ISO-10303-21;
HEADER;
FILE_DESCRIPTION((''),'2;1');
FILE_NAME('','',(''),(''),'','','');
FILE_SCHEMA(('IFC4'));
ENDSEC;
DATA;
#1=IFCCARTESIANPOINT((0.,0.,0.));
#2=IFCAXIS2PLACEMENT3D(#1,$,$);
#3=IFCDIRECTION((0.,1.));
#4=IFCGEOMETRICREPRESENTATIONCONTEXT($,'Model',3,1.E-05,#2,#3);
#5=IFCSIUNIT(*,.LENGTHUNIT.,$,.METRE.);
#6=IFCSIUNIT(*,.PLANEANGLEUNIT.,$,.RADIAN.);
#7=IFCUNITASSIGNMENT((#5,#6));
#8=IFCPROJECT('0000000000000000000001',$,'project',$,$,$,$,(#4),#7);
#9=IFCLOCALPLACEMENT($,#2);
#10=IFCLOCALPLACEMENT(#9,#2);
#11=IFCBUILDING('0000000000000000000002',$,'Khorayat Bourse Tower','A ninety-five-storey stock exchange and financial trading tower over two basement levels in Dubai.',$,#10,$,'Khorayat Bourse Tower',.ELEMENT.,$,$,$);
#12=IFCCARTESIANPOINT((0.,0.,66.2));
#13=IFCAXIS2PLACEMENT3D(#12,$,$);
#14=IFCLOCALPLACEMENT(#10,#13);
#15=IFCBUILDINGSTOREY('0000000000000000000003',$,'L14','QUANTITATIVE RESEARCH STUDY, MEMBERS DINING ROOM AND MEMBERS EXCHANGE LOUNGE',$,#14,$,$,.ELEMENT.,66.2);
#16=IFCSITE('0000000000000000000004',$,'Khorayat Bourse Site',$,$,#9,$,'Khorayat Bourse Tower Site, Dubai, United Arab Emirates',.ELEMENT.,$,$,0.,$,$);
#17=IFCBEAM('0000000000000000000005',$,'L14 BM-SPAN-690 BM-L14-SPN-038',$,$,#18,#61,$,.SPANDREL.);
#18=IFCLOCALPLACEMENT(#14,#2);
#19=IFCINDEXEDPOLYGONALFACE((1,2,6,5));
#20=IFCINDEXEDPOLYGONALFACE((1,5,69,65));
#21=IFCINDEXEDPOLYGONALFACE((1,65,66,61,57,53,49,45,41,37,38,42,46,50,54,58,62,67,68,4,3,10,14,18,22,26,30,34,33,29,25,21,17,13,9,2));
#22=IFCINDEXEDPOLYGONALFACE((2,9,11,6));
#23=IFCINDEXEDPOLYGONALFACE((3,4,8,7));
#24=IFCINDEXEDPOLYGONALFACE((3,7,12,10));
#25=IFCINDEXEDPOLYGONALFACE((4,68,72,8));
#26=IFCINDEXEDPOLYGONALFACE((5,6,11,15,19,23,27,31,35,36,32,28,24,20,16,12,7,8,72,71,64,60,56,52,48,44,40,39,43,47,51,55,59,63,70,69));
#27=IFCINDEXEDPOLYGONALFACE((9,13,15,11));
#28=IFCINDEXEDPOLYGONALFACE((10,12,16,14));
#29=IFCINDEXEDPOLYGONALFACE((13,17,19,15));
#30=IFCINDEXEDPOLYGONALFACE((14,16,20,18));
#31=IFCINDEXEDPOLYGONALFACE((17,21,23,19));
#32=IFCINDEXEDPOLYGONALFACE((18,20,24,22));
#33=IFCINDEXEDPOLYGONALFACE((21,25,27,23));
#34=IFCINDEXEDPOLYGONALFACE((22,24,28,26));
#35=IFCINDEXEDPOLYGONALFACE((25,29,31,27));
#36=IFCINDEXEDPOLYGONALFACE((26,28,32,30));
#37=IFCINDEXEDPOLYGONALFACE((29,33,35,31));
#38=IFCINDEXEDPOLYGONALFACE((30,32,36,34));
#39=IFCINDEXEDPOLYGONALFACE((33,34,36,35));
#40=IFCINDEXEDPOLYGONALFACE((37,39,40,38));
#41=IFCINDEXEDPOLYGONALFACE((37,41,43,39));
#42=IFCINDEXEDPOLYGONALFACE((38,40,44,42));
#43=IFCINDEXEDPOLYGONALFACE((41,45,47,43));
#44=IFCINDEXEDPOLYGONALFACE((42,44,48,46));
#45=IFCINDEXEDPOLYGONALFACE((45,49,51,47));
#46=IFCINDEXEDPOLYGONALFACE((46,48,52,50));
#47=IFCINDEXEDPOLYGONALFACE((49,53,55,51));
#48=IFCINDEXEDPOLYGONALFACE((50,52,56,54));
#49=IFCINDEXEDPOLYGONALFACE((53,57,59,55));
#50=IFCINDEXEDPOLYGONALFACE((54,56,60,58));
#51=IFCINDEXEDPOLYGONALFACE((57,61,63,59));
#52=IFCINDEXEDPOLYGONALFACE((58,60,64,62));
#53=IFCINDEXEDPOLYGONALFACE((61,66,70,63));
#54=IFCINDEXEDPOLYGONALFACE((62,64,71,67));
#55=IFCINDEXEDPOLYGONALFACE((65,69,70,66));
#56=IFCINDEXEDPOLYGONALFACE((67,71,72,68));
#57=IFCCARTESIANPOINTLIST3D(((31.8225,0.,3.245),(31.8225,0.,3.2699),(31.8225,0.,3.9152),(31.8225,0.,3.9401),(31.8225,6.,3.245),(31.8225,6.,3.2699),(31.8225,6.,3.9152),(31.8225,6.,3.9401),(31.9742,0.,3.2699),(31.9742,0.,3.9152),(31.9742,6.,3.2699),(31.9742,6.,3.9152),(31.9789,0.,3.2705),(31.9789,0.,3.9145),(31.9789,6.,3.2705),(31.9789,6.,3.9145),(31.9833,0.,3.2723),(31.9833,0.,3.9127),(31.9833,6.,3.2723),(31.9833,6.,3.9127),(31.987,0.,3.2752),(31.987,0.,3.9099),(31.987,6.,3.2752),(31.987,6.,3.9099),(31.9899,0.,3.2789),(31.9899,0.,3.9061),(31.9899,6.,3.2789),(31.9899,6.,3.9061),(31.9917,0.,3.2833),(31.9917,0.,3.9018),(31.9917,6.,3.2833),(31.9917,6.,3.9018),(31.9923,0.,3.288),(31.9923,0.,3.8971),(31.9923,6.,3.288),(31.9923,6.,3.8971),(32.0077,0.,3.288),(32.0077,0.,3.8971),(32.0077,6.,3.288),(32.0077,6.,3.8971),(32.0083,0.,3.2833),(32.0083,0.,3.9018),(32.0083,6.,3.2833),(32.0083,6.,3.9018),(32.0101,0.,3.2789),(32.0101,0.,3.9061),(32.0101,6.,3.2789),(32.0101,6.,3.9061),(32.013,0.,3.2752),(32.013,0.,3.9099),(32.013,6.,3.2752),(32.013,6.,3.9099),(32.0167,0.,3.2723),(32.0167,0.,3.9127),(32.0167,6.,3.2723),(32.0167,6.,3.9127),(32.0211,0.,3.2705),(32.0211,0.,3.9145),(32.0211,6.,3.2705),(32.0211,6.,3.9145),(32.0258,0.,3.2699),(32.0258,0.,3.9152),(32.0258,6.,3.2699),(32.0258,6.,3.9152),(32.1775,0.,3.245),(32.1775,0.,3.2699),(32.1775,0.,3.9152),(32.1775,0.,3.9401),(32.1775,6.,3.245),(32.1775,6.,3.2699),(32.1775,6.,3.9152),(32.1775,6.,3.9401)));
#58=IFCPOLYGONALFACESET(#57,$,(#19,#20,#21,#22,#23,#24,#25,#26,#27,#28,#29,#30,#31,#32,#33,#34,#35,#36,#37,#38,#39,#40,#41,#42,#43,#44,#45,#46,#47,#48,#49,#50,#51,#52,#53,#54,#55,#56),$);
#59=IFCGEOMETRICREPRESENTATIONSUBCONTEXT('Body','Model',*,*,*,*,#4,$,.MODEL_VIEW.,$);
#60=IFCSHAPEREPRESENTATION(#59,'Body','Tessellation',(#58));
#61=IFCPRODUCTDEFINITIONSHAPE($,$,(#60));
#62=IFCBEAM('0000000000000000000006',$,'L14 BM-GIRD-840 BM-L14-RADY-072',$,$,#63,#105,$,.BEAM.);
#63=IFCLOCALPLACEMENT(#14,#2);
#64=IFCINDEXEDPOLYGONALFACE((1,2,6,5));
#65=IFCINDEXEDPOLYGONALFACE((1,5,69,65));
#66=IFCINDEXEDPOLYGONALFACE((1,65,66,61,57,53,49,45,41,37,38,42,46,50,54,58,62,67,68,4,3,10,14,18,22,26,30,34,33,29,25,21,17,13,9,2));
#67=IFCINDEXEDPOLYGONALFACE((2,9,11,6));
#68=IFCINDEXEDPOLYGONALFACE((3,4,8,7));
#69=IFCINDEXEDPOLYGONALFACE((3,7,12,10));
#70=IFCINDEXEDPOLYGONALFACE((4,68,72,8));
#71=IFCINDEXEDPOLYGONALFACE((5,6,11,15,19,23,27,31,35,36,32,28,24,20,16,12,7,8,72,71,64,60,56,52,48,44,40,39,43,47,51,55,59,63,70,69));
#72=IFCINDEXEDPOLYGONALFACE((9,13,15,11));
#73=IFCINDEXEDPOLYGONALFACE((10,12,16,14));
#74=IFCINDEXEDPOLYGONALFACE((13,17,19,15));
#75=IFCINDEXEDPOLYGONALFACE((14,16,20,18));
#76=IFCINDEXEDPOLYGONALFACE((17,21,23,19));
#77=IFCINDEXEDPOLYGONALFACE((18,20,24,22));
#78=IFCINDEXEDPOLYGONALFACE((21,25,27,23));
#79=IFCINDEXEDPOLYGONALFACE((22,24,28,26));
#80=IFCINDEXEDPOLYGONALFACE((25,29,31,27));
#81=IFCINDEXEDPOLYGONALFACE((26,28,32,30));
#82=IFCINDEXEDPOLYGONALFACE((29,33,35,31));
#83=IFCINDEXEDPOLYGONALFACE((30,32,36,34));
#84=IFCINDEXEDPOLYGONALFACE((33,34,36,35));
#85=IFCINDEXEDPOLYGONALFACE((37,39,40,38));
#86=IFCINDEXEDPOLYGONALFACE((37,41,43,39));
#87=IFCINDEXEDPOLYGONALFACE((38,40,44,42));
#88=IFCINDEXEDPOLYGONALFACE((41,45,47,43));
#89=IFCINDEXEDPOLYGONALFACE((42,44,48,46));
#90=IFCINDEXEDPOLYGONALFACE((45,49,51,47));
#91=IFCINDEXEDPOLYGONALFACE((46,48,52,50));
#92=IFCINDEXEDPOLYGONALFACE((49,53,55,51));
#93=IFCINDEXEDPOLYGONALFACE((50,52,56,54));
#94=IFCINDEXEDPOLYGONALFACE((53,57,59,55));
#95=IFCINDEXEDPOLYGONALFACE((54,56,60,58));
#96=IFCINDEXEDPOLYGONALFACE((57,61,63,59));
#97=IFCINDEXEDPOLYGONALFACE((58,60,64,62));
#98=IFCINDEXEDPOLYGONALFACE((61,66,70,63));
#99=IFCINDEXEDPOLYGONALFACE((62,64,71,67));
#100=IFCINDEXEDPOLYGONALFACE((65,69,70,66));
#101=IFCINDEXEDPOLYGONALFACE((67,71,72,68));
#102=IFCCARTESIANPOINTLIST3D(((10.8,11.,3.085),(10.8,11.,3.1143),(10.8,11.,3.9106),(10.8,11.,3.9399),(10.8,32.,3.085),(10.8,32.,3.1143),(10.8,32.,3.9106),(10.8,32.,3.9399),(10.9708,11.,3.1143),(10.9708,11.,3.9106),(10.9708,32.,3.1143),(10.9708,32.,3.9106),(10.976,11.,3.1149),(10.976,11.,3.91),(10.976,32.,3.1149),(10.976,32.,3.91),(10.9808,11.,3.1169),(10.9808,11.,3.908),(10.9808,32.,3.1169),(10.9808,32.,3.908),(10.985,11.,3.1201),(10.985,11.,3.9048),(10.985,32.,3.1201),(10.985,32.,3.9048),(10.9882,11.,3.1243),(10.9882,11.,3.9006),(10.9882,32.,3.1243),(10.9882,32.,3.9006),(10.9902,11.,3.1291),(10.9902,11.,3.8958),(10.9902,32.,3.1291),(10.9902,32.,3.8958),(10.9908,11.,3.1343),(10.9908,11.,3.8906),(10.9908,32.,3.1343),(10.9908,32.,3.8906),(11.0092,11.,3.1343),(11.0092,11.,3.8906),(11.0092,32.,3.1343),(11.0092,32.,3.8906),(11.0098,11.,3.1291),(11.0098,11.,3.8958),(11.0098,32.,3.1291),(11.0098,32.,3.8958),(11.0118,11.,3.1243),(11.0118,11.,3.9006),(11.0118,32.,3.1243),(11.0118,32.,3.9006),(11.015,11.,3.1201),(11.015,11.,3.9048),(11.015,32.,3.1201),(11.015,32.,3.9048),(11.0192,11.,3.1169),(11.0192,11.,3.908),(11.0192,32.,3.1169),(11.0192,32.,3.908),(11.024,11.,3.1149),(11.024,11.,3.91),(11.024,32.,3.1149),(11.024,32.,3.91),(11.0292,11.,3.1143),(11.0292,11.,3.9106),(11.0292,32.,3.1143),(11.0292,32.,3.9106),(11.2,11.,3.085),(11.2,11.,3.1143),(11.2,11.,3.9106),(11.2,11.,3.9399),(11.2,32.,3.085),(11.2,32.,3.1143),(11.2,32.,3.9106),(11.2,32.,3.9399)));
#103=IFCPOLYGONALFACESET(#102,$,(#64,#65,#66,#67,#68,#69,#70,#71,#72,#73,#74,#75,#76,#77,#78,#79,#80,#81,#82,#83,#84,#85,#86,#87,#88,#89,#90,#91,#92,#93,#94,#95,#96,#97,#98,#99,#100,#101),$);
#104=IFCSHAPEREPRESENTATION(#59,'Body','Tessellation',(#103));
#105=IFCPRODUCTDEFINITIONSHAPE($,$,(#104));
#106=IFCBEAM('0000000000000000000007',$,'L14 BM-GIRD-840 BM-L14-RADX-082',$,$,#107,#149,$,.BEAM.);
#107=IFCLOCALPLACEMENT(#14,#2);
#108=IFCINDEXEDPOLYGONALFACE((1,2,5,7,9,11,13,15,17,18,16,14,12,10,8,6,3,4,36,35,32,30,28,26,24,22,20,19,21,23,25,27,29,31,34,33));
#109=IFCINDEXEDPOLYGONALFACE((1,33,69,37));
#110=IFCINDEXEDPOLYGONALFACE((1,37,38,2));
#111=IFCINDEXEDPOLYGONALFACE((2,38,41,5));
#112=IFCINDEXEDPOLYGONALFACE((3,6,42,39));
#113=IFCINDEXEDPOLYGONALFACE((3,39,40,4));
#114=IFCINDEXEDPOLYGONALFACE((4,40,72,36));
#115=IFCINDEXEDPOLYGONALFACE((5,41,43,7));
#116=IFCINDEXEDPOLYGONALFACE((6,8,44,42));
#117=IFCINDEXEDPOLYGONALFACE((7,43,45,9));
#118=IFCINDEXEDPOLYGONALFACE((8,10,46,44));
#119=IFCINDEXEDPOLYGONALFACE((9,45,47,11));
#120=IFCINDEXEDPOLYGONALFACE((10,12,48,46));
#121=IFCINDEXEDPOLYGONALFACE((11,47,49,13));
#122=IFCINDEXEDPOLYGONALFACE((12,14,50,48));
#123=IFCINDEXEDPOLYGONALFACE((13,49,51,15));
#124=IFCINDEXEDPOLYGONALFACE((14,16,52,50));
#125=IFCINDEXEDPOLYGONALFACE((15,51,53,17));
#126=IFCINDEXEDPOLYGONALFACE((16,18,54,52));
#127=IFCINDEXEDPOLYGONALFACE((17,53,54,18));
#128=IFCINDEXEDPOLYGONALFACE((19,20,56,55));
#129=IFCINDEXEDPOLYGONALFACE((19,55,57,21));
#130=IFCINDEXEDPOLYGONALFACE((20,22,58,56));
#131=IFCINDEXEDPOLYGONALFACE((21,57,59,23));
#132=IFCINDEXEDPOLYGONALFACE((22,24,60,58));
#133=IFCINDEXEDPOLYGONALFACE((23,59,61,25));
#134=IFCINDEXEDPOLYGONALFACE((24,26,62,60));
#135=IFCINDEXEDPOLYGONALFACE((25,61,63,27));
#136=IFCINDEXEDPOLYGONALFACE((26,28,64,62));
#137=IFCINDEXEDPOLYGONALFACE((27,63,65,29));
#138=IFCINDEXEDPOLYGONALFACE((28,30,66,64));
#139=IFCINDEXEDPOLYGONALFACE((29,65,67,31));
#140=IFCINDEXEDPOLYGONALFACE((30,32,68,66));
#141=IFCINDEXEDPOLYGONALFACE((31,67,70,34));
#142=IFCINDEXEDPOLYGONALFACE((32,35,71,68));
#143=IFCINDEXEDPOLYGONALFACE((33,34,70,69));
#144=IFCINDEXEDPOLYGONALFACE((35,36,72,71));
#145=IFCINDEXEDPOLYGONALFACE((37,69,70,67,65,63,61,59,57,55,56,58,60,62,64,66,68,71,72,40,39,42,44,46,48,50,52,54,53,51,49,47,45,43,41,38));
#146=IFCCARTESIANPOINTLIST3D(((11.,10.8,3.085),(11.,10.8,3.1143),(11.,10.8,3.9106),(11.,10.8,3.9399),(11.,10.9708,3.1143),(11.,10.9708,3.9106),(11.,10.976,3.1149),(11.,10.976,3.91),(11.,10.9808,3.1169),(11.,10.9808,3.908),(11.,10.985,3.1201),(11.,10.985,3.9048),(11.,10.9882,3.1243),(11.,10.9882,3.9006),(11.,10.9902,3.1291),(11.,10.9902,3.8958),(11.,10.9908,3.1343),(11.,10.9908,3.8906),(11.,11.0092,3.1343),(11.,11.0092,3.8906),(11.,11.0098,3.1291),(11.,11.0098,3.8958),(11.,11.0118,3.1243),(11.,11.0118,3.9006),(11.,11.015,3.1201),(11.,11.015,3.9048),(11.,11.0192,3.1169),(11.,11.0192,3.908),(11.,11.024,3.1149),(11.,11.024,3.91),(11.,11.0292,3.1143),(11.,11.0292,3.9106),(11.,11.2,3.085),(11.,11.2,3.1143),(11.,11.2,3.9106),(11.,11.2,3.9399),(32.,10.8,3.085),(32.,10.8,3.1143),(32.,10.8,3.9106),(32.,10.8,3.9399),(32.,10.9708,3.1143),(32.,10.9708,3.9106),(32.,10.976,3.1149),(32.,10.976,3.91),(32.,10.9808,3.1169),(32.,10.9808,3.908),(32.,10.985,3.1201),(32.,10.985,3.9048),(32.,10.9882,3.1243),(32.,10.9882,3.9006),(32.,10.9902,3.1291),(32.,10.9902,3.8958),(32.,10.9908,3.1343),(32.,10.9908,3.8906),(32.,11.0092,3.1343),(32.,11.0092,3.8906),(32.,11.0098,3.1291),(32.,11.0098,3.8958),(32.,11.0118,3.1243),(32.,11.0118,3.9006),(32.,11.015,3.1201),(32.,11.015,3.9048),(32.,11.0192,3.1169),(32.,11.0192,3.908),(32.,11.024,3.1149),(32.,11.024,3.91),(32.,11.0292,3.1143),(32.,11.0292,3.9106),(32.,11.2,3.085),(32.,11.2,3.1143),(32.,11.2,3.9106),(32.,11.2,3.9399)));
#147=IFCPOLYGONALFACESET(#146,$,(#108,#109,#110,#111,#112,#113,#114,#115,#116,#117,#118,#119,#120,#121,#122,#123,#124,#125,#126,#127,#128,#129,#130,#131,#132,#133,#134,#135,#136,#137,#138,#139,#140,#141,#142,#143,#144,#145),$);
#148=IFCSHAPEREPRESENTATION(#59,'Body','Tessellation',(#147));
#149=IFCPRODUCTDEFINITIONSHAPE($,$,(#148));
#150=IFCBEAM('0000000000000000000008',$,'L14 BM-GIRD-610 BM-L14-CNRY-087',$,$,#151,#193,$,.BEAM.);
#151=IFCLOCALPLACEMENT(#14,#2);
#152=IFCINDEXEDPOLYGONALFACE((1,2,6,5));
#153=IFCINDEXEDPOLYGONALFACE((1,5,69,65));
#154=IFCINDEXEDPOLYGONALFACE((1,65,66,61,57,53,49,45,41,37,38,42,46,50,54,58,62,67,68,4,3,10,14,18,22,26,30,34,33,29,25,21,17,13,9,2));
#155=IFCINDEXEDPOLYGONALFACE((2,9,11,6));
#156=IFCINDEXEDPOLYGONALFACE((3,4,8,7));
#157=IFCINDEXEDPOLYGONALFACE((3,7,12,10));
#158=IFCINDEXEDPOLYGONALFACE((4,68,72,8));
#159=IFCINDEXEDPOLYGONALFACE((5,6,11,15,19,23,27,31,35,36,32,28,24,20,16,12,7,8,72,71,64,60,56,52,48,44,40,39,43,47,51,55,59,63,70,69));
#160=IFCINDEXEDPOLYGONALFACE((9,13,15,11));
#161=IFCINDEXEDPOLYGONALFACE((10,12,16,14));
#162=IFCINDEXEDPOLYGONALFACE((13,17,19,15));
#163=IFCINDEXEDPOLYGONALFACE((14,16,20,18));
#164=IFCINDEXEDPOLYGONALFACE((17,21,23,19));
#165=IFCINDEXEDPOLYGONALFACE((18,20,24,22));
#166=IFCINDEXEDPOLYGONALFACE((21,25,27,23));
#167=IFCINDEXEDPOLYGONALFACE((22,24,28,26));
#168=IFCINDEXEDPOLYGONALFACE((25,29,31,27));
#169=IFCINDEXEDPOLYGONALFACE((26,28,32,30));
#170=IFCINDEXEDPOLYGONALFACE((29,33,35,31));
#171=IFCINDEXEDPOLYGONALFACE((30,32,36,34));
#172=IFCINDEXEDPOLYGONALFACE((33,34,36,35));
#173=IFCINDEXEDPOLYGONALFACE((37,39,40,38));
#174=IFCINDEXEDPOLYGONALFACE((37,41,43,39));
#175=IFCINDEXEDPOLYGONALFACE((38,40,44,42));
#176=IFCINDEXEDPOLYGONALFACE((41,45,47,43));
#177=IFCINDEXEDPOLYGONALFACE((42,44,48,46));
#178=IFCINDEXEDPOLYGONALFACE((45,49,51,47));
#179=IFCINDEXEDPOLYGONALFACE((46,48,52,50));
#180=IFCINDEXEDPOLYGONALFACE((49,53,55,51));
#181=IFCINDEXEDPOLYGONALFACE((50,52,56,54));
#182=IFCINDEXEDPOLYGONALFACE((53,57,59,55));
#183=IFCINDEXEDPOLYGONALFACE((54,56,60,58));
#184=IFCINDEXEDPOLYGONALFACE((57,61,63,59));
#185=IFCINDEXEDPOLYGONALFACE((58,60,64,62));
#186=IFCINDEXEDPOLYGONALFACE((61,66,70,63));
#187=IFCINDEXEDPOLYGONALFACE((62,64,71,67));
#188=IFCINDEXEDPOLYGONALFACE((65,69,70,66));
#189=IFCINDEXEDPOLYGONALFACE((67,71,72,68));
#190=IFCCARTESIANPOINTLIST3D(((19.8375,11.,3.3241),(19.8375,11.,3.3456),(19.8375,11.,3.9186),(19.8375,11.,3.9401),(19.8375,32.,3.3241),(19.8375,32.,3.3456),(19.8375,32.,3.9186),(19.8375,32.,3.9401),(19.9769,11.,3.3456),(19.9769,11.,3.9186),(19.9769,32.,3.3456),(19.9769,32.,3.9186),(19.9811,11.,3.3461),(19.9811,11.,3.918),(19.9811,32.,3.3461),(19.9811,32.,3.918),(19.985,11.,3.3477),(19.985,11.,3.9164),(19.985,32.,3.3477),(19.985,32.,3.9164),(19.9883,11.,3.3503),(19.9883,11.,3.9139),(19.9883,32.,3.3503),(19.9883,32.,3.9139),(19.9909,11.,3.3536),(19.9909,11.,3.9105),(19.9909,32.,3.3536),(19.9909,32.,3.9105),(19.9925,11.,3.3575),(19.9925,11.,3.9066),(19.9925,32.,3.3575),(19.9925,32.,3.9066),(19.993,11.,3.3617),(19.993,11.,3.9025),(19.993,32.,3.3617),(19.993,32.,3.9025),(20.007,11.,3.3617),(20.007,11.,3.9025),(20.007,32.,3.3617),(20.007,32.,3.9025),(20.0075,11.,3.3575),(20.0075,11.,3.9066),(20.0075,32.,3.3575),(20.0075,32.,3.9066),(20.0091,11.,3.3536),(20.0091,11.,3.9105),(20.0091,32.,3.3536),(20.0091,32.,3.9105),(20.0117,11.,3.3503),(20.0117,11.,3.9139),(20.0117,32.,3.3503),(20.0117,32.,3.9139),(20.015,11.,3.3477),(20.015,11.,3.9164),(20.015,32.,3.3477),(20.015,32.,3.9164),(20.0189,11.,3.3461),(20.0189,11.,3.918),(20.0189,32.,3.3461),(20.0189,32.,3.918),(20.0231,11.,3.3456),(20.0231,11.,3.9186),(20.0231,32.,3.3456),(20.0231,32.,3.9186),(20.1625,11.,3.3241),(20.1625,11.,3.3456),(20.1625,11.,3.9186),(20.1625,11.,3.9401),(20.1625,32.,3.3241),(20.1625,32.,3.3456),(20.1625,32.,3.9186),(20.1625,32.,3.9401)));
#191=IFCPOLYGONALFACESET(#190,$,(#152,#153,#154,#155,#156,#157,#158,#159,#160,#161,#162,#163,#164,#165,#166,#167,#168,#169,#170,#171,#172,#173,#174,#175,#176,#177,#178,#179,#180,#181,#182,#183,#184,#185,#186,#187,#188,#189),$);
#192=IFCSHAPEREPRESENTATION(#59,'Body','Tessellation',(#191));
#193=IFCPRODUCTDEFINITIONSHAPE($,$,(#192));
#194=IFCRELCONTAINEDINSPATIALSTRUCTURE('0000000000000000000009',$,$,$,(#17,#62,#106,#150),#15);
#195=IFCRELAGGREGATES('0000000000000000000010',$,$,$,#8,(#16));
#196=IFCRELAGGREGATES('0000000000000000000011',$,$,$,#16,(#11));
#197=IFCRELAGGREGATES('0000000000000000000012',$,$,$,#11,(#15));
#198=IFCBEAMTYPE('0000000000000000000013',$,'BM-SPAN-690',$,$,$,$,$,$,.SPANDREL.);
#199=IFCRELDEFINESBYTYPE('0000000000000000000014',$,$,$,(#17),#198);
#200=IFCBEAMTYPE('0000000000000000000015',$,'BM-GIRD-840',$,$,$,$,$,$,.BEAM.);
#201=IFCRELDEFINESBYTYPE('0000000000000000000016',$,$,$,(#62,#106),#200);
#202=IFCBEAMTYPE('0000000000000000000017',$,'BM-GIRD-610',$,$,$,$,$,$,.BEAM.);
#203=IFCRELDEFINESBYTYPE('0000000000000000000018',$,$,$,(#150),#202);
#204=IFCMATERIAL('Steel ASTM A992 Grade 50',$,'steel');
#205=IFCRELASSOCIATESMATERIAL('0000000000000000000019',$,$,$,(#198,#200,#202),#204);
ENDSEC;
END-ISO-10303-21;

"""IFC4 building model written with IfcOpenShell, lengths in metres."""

from ifc_helpers import new_model, si_unit, direction, frame, origin, origin_2d, place, context, subcontext, project, spatial, i_section, extrude, source, transform, mapped, material, material_profile, profile_set, type_object, element, save


model = new_model("IFC4")

# Units and contexts
model_context = context("Model", 3, precision=1e-05, world=origin(), true_north=direction((0.0, 1.0)))
body_context = subcontext(model_context, "Body", "Model", "MODEL_VIEW")
ifc_project = project(units=[si_unit("LENGTHUNIT", "METRE"), si_unit("PLANEANGLEUNIT", "RADIAN")], contexts=[model_context])

# Site, building, storey
site_placement = place(None, origin())
site = spatial("IfcSite", under=ifc_project, at=site_placement, Name="Khorayat Bourse Site", LongName="Khorayat Bourse Tower Site, Dubai, United Arab Emirates", CompositionType="ELEMENT", RefElevation=0.0)
building_placement = place(site_placement, origin())
building = spatial("IfcBuilding", under=site, at=building_placement, Name="Khorayat Bourse Tower", Description="A ninety-five-storey stock exchange and financial trading tower over two basement levels in Dubai.", LongName="Khorayat Bourse Tower", CompositionType="ELEMENT")
storey_placement = place(building_placement, frame((0.0, 0.0, 66.2)))
storey = spatial("IfcBuildingStorey", under=building, at=storey_placement, Name="L14", Description="QUANTITATIVE RESEARCH STUDY, MEMBERS DINING ROOM AND MEMBERS EXCHANGE LOUNGE", CompositionType="ELEMENT", Elevation=66.2)

# Beams
ifc_material_1 = material(Name="Steel ASTM A992 Grade 50", Category="steel")
ifc_material_profile_1 = material_profile(ifc_material_1, i_section(OverallWidth=0.355, OverallDepth=0.6951, WebThickness=0.0154, FlangeThickness=0.0249, FilletRadius=0.0181, at=origin_2d()), Name="W690X217")
ifc_profile_set_1 = profile_set([ifc_material_profile_1], Name="Steel ASTM A992 Grade 50")
beam_type_1 = type_object("IfcBeamType", Name="BM-SPAN-690", PredefinedType="SPANDREL", material=ifc_profile_set_1)
shared_shape_1 = source(origin(), body_context, "Body", "SweptSolid", [
    extrude(i_section(OverallWidth=0.355, OverallDepth=0.6951, WebThickness=0.0154, FlangeThickness=0.0249, FilletRadius=0.0181, at=origin_2d()), origin(), (0.0, 0.0, 1.0), 6.0),
])
beam_1_placement = place(storey_placement, frame((32.0, 0.0, 3.5925), z_axis=(0.0, 1.0, 0.0), x_axis=(-1.0, 0.0, 0.0)))
element("IfcBeam", 1, at=beam_1_placement, inside=storey, type_object=beam_type_1, Name="L14 BM-SPAN-690 BM-L14-SPN-038", PredefinedType="SPANDREL", context=body_context, shape_type="MappedRepresentation", body=[
    mapped(shared_shape_1, transform((0.0, 0.0, 0.0), scale=1.0)),
])
ifc_material_profile_2 = material_profile(ifc_material_1, i_section(OverallWidth=0.3999, OverallDepth=0.855, WebThickness=0.0183, FlangeThickness=0.0293, FilletRadius=0.02, at=origin_2d()), Name="W840X299")
ifc_profile_set_2 = profile_set([ifc_material_profile_2], Name="Steel ASTM A992 Grade 50")
beam_type_2 = type_object("IfcBeamType", Name="BM-GIRD-840", PredefinedType="BEAM", material=ifc_profile_set_2)
shared_shape_2 = source(origin(), body_context, "Body", "SweptSolid", [
    extrude(i_section(OverallWidth=0.3999, OverallDepth=0.855, WebThickness=0.0183, FlangeThickness=0.0293, FilletRadius=0.02, at=origin_2d()), origin(), (0.0, 0.0, 1.0), 21.0),
])
for number, where, z_axis, x_axis, name in (
    (2, (11.0, 11.0, 3.5125), (0.0, 1.0, 0.0), (-1.0, 0.0, 0.0), "L14 BM-GIRD-840 BM-L14-RADY-072"),
    (3, (11.0, 11.0, 3.5125), (1.0, 0.0, 0.0), (0.0, 1.0, 0.0), "L14 BM-GIRD-840 BM-L14-RADX-082"),
):
    element("IfcBeam", number, at=place(storey_placement, frame(where, z_axis=z_axis, x_axis=x_axis)), inside=storey, type_object=beam_type_2, Name=name, PredefinedType="BEAM", context=body_context, shape_type="MappedRepresentation", body=[
        mapped(shared_shape_2, transform((0.0, 0.0, 0.0), scale=1.0)),
    ])
ifc_material_profile_3 = material_profile(ifc_material_1, i_section(OverallWidth=0.325, OverallDepth=0.616, WebThickness=0.0139, FlangeThickness=0.0215, FilletRadius=0.0161, at=origin_2d()), Name="W610X174")
ifc_profile_set_3 = profile_set([ifc_material_profile_3], Name="Steel ASTM A992 Grade 50")
beam_type_3 = type_object("IfcBeamType", Name="BM-GIRD-610", PredefinedType="BEAM", material=ifc_profile_set_3)
shared_shape_3 = source(origin(), body_context, "Body", "SweptSolid", [
    extrude(i_section(OverallWidth=0.325, OverallDepth=0.616, WebThickness=0.0139, FlangeThickness=0.0215, FilletRadius=0.0161, at=origin_2d()), origin(), (0.0, 0.0, 1.0), 21.0),
])
beam_2_placement = place(storey_placement, frame((20.0, 11.0, 3.6321), z_axis=(0.0, 1.0, 0.0), x_axis=(-1.0, 0.0, 0.0)))
element("IfcBeam", 4, at=beam_2_placement, inside=storey, type_object=beam_type_3, Name="L14 BM-GIRD-610 BM-L14-CNRY-087", PredefinedType="BEAM", context=body_context, shape_type="MappedRepresentation", body=[
    mapped(shared_shape_3, transform((0.0, 0.0, 0.0), scale=1.0)),
])

save(model, "model.ifc")
